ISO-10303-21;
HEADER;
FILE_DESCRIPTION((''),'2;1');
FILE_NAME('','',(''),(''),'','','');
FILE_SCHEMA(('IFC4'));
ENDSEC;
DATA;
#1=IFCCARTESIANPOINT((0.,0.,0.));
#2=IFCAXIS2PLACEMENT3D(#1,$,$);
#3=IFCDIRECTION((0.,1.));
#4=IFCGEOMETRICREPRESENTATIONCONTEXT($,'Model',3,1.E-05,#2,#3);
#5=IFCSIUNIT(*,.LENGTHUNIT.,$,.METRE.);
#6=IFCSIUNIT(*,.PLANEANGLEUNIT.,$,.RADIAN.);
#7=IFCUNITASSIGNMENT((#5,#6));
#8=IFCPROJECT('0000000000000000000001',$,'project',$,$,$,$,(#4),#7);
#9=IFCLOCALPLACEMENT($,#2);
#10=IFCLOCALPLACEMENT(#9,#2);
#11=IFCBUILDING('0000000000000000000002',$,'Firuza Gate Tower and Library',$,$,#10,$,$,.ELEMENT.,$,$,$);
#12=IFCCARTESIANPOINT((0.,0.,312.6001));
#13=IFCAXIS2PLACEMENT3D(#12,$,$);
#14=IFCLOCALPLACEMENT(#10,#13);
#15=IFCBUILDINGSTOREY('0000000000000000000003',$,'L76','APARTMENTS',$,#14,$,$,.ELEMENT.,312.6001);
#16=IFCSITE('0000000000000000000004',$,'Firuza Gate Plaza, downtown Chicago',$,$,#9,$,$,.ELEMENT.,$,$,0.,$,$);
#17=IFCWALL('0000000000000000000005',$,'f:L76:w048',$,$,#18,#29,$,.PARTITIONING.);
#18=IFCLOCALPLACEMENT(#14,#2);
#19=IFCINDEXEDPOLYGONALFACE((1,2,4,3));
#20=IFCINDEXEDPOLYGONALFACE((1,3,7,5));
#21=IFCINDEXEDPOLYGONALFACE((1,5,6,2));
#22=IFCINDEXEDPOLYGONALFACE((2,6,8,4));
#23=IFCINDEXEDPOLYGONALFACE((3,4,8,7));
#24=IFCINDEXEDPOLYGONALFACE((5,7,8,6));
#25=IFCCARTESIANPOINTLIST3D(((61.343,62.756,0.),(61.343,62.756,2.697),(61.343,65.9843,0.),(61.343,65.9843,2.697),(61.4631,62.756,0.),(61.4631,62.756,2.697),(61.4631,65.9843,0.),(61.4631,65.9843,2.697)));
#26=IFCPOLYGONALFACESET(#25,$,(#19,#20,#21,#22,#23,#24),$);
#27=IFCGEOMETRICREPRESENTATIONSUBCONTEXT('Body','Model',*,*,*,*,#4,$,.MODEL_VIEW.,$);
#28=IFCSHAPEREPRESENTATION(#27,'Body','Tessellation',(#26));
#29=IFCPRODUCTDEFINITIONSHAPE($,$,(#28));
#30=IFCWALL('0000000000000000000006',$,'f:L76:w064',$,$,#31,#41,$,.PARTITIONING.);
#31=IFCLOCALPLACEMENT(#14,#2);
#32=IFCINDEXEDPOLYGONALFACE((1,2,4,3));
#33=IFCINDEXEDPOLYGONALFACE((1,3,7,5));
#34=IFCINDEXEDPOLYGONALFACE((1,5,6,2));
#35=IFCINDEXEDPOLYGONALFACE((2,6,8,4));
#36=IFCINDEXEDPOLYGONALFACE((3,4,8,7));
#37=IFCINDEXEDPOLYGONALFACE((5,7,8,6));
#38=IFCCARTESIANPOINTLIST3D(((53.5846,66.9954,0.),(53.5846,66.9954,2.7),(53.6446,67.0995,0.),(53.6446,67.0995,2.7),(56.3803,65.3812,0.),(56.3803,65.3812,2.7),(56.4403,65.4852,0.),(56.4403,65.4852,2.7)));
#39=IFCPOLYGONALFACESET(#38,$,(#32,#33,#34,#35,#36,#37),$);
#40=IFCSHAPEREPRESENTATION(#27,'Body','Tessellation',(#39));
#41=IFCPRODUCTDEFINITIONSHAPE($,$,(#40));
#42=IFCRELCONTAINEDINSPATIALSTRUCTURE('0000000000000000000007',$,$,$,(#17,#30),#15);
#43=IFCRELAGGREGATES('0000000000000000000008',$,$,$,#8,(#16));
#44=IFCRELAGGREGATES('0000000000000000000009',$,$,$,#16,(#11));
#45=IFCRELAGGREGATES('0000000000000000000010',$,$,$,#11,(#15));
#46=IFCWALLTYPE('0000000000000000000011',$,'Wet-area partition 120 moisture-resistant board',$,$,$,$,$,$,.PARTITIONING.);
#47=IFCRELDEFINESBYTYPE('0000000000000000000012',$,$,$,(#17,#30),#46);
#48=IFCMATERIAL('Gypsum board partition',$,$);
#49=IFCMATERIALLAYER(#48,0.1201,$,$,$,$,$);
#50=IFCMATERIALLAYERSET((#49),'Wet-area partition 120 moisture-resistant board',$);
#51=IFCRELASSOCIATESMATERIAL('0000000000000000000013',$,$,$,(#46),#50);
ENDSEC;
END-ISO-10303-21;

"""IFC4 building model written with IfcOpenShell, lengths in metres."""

from ifc_helpers import new_model, si_unit, direction, frame, frame_2d, origin, place, context, subcontext, project, spatial, rectangle, extrude, material, layer, layer_set, type_object, element, save


model = new_model("IFC4")

# Units and contexts
model_context = context("Model", 3, precision=1e-05, world=origin(), true_north=direction((0.0, 1.0)))
body_context = subcontext(model_context, "Body", "Model", "MODEL_VIEW")
ifc_project = project(units=[si_unit("LENGTHUNIT", "METRE"), si_unit("PLANEANGLEUNIT", "RADIAN")], contexts=[model_context])

# Site, building, storey
site_placement = place(None, origin())
site = spatial("IfcSite", under=ifc_project, at=site_placement, Name="Firuza Gate Plaza, downtown Chicago", CompositionType="ELEMENT", RefElevation=0.0)
building_placement = place(site_placement, origin())
building = spatial("IfcBuilding", under=site, at=building_placement, Name="Firuza Gate Tower and Library", CompositionType="ELEMENT")
storey_placement = place(building_placement, frame((0.0, 0.0, 312.6001)))
storey = spatial("IfcBuildingStorey", under=building, at=storey_placement, Name="L76", Description="APARTMENTS", CompositionType="ELEMENT", Elevation=312.6001)

# Shared definitions
ifc_material_1 = material(Name="Gypsum board partition")
ifc_layer_1 = layer(ifc_material_1, 0.1201)
ifc_layer_set_1 = layer_set([ifc_layer_1], Name="Wet-area partition 120 moisture-resistant board")
wall_type_1 = type_object("IfcWallType", Name="Wet-area partition 120 moisture-resistant board", PredefinedType="PARTITIONING", material=ifc_layer_set_1)

# Walls
wall_1_placement = place(storey_placement, frame((61.4031, 62.7559, 0.0), z_axis=(0.0, 0.0, 1.0), x_axis=(0.0, 1.0, 0.0)))
element("IfcWall", 1, at=wall_1_placement, inside=storey, type_object=wall_type_1, Name="f:L76:w048", PredefinedType="PARTITIONING", context=body_context, shape_type="SweptSolid", body=[
    extrude(rectangle(XDim=3.2283, YDim=0.1201, at=frame_2d((1.6143, 0.0))), origin(), (0.0, 0.0, 1.0), 2.697),
])
wall_2_placement = place(storey_placement, frame((56.4104, 65.4331, 0.0), z_axis=(0.0, 0.0, 1.0), x_axis=(-0.866, 0.500043, 0.0)))
element("IfcWall", 2, at=wall_2_placement, inside=storey, type_object=wall_type_1, Name="f:L76:w064", PredefinedType="PARTITIONING", context=body_context, shape_type="SweptSolid", body=[
    extrude(rectangle(XDim=3.2283, YDim=0.1201, at=frame_2d((1.6143, 0.0))), origin(), (0.0, 0.0, 1.0), 2.7),
])

save(model, "model.ifc")
